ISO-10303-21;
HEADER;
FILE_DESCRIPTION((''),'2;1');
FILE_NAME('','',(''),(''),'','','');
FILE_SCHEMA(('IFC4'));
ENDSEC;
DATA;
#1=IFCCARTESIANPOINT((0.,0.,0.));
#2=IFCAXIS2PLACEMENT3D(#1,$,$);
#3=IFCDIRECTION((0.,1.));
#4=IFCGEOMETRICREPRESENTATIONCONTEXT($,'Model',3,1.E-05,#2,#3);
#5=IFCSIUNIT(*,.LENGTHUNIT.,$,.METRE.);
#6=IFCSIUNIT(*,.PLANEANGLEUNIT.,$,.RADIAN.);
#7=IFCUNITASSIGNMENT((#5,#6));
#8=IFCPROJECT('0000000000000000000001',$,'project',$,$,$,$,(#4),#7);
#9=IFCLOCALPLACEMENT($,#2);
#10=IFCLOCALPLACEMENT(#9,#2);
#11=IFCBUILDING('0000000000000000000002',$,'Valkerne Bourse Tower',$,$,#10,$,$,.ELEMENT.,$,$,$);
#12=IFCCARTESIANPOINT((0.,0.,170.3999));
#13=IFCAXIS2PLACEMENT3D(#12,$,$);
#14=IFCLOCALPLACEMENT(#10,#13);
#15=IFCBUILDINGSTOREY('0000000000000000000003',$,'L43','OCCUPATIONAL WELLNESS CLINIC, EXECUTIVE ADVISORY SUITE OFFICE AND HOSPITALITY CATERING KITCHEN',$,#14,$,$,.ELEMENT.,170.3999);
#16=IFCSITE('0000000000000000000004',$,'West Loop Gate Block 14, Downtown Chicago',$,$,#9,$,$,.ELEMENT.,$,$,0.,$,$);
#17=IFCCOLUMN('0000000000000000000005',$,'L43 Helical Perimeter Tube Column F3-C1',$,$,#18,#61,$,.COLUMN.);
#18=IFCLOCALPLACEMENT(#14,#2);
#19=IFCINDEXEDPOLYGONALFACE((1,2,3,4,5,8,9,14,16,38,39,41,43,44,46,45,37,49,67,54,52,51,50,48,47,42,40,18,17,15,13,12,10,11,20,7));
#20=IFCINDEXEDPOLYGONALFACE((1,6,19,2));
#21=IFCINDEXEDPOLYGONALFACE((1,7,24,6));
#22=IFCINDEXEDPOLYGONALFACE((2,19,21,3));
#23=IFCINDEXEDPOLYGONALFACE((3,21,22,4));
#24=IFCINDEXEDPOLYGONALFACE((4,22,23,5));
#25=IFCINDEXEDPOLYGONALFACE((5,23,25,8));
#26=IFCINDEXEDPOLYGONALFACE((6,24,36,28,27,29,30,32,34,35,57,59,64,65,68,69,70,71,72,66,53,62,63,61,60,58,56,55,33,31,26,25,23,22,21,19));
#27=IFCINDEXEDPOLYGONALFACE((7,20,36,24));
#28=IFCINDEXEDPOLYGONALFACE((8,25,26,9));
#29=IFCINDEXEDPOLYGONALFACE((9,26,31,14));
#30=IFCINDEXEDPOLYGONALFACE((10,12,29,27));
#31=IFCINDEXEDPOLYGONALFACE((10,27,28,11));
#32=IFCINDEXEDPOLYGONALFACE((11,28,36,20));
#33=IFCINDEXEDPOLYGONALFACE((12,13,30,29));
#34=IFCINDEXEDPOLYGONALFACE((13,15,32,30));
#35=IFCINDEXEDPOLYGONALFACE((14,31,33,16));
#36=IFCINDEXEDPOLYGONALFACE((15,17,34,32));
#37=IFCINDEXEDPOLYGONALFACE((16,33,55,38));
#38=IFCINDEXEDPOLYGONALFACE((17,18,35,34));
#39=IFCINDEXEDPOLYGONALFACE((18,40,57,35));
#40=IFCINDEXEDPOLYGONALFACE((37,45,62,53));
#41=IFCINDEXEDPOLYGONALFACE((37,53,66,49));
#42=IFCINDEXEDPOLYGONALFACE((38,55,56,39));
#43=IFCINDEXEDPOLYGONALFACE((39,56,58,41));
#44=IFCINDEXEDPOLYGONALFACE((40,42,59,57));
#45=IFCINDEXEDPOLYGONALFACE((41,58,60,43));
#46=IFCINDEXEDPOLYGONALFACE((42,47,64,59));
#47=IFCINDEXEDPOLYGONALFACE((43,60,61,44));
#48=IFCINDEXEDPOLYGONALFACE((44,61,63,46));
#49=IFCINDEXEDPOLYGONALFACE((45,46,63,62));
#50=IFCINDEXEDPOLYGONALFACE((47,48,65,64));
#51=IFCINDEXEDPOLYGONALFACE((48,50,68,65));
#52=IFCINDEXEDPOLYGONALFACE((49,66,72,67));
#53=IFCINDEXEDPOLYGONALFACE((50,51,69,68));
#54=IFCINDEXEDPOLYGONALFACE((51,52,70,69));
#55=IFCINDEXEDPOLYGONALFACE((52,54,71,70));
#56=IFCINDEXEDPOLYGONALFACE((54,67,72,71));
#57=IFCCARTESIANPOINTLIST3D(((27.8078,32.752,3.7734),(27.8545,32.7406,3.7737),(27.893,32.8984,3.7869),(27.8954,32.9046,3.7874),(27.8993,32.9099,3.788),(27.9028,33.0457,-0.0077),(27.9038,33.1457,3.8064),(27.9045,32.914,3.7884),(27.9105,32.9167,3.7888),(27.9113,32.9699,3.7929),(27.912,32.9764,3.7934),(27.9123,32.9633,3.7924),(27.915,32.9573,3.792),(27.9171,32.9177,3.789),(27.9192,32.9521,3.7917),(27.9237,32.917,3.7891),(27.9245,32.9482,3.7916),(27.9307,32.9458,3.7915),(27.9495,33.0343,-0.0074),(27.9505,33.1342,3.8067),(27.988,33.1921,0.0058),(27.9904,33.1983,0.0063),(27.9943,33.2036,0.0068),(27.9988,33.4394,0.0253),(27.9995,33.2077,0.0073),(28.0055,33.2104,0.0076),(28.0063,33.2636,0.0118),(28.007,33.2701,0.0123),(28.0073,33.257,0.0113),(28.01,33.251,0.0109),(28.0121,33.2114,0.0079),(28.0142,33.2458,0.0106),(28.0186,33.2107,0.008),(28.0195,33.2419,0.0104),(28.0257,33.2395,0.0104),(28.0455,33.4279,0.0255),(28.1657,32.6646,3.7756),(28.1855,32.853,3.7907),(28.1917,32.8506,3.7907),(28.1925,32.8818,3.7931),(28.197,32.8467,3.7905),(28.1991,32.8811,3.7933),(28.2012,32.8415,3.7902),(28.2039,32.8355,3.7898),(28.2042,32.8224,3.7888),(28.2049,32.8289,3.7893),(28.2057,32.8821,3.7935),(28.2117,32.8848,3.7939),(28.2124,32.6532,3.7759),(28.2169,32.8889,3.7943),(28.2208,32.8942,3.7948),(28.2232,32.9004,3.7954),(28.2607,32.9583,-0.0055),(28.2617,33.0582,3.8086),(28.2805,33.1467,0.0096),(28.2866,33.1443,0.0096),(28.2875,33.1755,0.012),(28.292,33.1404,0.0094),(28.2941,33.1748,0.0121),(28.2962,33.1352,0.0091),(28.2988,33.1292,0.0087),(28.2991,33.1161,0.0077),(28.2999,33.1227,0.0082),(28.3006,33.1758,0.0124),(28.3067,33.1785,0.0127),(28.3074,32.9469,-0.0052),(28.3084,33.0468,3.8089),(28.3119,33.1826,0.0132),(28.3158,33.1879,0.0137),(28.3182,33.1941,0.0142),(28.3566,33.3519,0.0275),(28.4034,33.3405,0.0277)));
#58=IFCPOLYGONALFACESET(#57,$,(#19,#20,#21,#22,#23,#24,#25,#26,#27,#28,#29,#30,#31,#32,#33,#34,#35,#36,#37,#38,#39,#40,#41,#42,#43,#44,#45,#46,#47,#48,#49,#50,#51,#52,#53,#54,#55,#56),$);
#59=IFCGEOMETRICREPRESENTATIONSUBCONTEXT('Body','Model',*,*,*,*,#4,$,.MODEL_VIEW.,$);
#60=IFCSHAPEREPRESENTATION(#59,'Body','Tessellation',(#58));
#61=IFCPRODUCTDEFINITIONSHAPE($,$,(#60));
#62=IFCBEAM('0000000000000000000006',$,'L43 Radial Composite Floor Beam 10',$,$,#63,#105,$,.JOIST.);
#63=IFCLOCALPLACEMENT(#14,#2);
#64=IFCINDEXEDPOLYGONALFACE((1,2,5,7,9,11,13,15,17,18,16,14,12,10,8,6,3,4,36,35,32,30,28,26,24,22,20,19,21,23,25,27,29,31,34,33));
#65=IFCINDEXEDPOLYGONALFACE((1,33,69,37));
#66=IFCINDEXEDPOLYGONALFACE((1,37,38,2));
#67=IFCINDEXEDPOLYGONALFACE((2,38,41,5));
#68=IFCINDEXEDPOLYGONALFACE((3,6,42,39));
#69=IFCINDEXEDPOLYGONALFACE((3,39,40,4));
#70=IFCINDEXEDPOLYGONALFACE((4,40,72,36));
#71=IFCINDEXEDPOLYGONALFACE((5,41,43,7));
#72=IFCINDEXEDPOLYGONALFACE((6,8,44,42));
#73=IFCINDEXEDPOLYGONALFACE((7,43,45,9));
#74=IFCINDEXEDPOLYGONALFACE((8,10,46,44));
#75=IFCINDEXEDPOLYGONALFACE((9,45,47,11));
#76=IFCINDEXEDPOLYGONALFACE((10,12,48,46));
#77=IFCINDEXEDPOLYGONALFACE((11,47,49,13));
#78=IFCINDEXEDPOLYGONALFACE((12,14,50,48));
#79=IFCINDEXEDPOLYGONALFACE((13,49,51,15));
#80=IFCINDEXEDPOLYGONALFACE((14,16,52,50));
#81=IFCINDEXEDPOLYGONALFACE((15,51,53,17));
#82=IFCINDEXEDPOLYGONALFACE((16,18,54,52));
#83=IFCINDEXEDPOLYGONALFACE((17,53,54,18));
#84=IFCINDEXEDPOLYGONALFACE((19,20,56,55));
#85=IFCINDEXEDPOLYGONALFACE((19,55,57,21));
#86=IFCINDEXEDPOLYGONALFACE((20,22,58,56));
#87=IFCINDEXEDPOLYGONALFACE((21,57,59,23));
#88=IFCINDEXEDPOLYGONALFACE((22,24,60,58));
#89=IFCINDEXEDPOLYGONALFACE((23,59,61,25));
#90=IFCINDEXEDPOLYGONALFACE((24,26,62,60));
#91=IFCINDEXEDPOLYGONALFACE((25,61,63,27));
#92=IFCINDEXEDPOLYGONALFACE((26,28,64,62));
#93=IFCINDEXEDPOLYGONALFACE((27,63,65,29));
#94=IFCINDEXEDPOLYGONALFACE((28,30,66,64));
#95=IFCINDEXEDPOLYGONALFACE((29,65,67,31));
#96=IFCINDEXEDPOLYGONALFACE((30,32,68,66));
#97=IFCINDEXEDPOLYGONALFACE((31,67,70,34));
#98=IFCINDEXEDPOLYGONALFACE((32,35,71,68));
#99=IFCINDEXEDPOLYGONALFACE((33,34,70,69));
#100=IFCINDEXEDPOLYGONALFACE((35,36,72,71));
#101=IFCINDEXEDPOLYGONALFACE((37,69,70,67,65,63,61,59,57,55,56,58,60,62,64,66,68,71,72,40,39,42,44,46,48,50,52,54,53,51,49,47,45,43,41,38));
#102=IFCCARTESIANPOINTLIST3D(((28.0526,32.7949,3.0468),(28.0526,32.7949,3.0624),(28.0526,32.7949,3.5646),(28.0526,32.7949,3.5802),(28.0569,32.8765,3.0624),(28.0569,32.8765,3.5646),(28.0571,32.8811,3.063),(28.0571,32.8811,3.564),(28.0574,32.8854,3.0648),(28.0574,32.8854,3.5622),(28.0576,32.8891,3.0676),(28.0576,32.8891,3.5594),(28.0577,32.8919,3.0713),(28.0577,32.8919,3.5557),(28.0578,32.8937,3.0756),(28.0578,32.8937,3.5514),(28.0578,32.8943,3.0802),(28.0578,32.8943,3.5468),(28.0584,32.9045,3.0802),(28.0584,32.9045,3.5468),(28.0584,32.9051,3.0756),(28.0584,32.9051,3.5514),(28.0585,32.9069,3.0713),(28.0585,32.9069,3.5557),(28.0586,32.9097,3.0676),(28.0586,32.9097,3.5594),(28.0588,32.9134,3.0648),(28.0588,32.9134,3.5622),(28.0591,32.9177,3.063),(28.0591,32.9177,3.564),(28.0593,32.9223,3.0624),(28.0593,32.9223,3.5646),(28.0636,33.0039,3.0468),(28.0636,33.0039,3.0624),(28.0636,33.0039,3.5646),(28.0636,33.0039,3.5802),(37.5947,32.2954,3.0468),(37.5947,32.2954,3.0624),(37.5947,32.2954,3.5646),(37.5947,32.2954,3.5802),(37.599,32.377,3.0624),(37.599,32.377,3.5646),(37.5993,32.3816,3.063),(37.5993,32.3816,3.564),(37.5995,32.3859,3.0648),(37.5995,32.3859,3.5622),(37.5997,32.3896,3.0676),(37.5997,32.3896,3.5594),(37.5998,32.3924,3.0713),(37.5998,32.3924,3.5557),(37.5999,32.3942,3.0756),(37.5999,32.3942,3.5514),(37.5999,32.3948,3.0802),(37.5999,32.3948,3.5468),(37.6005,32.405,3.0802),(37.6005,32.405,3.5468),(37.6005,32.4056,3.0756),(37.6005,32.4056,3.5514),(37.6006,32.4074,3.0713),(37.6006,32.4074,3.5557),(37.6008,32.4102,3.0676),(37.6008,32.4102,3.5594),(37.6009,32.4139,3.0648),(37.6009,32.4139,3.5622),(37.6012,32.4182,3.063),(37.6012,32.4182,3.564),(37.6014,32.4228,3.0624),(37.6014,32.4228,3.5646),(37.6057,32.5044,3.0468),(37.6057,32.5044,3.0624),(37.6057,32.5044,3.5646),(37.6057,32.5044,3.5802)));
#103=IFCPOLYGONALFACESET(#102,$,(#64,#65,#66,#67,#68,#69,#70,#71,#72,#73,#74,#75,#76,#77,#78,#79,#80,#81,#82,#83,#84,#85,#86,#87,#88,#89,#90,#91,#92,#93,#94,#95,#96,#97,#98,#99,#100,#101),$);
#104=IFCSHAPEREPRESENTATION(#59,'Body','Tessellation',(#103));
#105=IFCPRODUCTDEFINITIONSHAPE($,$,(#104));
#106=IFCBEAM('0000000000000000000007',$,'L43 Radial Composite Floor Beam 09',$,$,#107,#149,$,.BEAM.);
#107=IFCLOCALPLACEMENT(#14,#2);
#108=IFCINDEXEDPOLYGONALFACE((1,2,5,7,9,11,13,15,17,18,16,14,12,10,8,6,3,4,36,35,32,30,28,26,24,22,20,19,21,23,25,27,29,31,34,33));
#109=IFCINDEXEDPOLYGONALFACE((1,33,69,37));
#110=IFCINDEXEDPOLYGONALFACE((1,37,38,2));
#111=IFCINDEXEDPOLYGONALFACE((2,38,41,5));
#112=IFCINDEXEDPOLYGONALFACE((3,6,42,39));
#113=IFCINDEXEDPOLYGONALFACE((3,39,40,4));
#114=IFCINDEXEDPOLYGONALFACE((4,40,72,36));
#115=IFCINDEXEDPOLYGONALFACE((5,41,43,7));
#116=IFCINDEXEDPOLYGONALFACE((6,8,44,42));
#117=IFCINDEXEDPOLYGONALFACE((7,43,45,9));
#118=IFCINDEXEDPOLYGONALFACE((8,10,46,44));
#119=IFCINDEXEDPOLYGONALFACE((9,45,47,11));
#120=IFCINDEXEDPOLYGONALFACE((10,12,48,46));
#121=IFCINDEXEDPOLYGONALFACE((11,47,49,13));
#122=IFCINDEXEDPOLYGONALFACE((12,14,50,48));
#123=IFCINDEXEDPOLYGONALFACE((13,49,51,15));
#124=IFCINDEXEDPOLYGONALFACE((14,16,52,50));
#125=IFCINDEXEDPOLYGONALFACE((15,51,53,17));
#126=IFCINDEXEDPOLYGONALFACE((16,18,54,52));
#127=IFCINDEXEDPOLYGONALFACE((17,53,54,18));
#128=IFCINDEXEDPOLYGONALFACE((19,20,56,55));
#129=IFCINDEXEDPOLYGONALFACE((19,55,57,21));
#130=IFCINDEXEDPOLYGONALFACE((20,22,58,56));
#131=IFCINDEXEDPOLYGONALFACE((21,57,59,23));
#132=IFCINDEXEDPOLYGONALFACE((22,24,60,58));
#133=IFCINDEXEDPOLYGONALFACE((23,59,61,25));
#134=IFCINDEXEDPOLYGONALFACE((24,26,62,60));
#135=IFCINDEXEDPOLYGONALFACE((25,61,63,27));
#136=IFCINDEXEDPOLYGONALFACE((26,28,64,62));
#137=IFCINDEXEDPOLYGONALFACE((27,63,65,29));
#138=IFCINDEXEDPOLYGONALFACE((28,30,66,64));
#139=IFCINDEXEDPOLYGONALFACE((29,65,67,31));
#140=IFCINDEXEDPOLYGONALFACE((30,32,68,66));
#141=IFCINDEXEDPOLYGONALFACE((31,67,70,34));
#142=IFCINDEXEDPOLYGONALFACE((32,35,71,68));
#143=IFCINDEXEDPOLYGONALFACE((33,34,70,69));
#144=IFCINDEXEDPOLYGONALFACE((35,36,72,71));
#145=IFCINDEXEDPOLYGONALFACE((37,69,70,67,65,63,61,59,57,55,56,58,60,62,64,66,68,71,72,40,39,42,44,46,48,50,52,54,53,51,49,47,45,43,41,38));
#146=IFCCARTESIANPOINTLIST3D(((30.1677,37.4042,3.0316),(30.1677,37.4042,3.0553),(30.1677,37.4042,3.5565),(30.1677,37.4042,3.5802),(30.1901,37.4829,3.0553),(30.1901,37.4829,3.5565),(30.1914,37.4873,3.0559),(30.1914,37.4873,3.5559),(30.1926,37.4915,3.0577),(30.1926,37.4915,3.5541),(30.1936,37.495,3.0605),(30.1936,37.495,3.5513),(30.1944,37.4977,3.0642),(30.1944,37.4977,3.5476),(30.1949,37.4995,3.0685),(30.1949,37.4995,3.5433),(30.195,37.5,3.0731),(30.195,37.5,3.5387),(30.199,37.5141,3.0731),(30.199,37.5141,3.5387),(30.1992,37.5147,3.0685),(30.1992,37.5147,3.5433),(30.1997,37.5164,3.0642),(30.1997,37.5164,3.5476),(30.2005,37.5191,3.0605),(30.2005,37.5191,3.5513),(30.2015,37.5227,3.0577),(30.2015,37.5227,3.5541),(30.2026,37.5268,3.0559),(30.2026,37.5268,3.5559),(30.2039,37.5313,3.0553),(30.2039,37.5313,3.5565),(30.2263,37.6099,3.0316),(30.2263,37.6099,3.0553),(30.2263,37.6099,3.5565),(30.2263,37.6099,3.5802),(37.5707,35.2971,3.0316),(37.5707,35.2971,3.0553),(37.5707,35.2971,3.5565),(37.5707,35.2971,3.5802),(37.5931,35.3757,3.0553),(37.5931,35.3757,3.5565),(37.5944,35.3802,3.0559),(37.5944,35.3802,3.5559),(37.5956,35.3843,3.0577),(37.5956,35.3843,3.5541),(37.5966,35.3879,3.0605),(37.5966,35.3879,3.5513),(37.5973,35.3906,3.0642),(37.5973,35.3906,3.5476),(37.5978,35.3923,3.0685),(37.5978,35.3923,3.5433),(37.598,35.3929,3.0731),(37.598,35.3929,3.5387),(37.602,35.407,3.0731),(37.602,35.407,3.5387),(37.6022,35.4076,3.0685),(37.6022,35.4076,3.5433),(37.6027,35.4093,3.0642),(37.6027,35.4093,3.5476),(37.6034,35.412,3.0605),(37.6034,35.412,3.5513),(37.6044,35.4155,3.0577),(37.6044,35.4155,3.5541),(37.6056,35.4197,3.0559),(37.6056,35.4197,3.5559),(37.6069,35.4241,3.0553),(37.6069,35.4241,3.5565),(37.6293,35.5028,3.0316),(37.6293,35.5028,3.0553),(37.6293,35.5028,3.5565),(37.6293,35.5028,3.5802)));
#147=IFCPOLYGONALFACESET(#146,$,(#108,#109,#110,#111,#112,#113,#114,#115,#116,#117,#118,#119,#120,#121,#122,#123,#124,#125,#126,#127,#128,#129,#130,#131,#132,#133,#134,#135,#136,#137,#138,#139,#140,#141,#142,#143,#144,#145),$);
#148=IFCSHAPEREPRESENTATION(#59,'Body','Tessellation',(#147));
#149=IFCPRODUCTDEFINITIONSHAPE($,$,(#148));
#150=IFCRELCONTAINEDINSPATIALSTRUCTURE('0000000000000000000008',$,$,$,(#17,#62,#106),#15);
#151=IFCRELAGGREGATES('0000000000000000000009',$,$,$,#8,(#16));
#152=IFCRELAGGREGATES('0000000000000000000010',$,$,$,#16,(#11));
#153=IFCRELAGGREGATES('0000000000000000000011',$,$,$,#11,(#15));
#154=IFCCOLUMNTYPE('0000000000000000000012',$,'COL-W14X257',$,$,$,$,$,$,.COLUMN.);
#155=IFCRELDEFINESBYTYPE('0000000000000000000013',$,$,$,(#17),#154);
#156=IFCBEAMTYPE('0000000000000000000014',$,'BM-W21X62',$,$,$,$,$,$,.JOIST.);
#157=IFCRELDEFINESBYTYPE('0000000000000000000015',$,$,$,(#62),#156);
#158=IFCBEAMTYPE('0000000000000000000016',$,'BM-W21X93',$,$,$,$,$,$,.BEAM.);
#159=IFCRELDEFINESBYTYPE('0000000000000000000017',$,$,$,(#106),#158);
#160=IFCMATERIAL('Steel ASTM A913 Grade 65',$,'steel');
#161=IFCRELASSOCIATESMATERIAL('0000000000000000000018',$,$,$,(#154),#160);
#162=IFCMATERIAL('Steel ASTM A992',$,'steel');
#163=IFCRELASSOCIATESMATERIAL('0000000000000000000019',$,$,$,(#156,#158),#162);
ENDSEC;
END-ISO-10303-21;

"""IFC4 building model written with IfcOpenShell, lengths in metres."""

from ifc_helpers import new_model, si_unit, direction, frame, origin, origin_2d, place, context, subcontext, project, spatial, i_section, extrude, material, material_profile, profile_set, type_object, element, save


model = new_model("IFC4")

# Units and contexts
model_context = context("Model", 3, precision=1e-05, world=origin(), true_north=direction((0.0, 1.0)))
body_context = subcontext(model_context, "Body", "Model", "MODEL_VIEW")
ifc_project = project(units=[si_unit("LENGTHUNIT", "METRE"), si_unit("PLANEANGLEUNIT", "RADIAN")], contexts=[model_context])

# Site, building, storey
site_placement = place(None, origin())
site = spatial("IfcSite", under=ifc_project, at=site_placement, Name="West Loop Gate Block 14, Downtown Chicago", CompositionType="ELEMENT", RefElevation=0.0)
building_placement = place(site_placement, origin())
building = spatial("IfcBuilding", under=site, at=building_placement, Name="Valkerne Bourse Tower", CompositionType="ELEMENT")
storey_placement = place(building_placement, frame((0.0, 0.0, 170.3999)))
storey = spatial("IfcBuildingStorey", under=building, at=storey_placement, Name="L43", Description="OCCUPATIONAL WELLNESS CLINIC, EXECUTIVE ADVISORY SUITE OFFICE AND HOSPITALITY CATERING KITCHEN", CompositionType="ELEMENT", Elevation=170.3999)

# Column
ifc_material_1 = material(Name="Steel ASTM A913 Grade 65", Category="steel")
ifc_material_profile_1 = material_profile(ifc_material_1, i_section(OverallWidth=0.4065, OverallDepth=0.4165, WebThickness=0.0298, FlangeThickness=0.0481, FilletRadius=0.0254, at=origin_2d()), Name="W14X257")
ifc_profile_set_1 = profile_set([ifc_material_profile_1], Name="Steel ASTM A913 Grade 65")
column_type = type_object("IfcColumnType", Name="COL-W14X257", PredefinedType="COLUMN", material=ifc_profile_set_1)
column_placement = place(storey_placement, frame((28.1531, 33.1931, 0.01), z_axis=(-0.025035, -0.07742, 0.996684), x_axis=(-0.236144, -0.968324, -0.081149)))
element("IfcColumn", 1, at=column_placement, inside=storey, type_object=column_type, Name="L43 Helical Perimeter Tube Column F3-C1", PredefinedType="COLUMN", context=body_context, shape_type="SweptSolid", body=[
    extrude(i_section(OverallWidth=0.4065, OverallDepth=0.4165, WebThickness=0.0298, FlangeThickness=0.0481, FilletRadius=0.0254, at=origin_2d()), origin(), (0.0, 0.0, 1.0), 3.7937),
])

# Beams
ifc_material_2 = material(Name="Steel ASTM A992", Category="steel")
ifc_material_profile_2 = material_profile(ifc_material_2, i_section(OverallWidth=0.2092, OverallDepth=0.5334, WebThickness=0.0103, FlangeThickness=0.0156, FilletRadius=0.0178, at=origin_2d()), Name="W21X62")
ifc_profile_set_2 = profile_set([ifc_material_profile_2], Name="Steel ASTM A992")
beam_type_1 = type_object("IfcBeamType", Name="BM-W21X62", PredefinedType="JOIST", material=ifc_profile_set_2)
beam_1_placement = place(storey_placement, frame((28.0581, 32.8994, 3.3135), z_axis=(0.998633, -0.052277, 0.0), x_axis=(0.052277, 0.998633, 0.0)))
element("IfcBeam", 2, at=beam_1_placement, inside=storey, type_object=beam_type_1, Name="L43 Radial Composite Floor Beam 10", PredefinedType="JOIST", context=body_context, shape_type="SweptSolid", body=[
    extrude(i_section(OverallWidth=0.2092, OverallDepth=0.5334, WebThickness=0.0103, FlangeThickness=0.0156, FilletRadius=0.0178, at=origin_2d()), origin(), (0.0, 0.0, 1.0), 9.5552),
])
ifc_material_profile_3 = material_profile(ifc_material_2, i_section(OverallWidth=0.2139, OverallDepth=0.5486, WebThickness=0.0146, FlangeThickness=0.0237, FilletRadius=0.0178, at=origin_2d()), Name="W21X93")
ifc_profile_set_3 = profile_set([ifc_material_profile_3], Name="Steel ASTM A992")
beam_type_2 = type_object("IfcBeamType", Name="BM-W21X93", PredefinedType="BEAM", material=ifc_profile_set_3)
beam_2_placement = place(storey_placement, frame((30.197, 37.5071, 3.3059), z_axis=(0.961798, -0.273762, 0.0), x_axis=(0.273762, 0.961798, 0.0)))
element("IfcBeam", 3, at=beam_2_placement, inside=storey, type_object=beam_type_2, Name="L43 Radial Composite Floor Beam 09", PredefinedType="BEAM", context=body_context, shape_type="SweptSolid", body=[
    extrude(i_section(OverallWidth=0.2139, OverallDepth=0.5486, WebThickness=0.0146, FlangeThickness=0.0237, FilletRadius=0.0178, at=origin_2d()), origin(), (0.0, 0.0, 1.0), 7.697),
])

save(model, "model.ifc")
